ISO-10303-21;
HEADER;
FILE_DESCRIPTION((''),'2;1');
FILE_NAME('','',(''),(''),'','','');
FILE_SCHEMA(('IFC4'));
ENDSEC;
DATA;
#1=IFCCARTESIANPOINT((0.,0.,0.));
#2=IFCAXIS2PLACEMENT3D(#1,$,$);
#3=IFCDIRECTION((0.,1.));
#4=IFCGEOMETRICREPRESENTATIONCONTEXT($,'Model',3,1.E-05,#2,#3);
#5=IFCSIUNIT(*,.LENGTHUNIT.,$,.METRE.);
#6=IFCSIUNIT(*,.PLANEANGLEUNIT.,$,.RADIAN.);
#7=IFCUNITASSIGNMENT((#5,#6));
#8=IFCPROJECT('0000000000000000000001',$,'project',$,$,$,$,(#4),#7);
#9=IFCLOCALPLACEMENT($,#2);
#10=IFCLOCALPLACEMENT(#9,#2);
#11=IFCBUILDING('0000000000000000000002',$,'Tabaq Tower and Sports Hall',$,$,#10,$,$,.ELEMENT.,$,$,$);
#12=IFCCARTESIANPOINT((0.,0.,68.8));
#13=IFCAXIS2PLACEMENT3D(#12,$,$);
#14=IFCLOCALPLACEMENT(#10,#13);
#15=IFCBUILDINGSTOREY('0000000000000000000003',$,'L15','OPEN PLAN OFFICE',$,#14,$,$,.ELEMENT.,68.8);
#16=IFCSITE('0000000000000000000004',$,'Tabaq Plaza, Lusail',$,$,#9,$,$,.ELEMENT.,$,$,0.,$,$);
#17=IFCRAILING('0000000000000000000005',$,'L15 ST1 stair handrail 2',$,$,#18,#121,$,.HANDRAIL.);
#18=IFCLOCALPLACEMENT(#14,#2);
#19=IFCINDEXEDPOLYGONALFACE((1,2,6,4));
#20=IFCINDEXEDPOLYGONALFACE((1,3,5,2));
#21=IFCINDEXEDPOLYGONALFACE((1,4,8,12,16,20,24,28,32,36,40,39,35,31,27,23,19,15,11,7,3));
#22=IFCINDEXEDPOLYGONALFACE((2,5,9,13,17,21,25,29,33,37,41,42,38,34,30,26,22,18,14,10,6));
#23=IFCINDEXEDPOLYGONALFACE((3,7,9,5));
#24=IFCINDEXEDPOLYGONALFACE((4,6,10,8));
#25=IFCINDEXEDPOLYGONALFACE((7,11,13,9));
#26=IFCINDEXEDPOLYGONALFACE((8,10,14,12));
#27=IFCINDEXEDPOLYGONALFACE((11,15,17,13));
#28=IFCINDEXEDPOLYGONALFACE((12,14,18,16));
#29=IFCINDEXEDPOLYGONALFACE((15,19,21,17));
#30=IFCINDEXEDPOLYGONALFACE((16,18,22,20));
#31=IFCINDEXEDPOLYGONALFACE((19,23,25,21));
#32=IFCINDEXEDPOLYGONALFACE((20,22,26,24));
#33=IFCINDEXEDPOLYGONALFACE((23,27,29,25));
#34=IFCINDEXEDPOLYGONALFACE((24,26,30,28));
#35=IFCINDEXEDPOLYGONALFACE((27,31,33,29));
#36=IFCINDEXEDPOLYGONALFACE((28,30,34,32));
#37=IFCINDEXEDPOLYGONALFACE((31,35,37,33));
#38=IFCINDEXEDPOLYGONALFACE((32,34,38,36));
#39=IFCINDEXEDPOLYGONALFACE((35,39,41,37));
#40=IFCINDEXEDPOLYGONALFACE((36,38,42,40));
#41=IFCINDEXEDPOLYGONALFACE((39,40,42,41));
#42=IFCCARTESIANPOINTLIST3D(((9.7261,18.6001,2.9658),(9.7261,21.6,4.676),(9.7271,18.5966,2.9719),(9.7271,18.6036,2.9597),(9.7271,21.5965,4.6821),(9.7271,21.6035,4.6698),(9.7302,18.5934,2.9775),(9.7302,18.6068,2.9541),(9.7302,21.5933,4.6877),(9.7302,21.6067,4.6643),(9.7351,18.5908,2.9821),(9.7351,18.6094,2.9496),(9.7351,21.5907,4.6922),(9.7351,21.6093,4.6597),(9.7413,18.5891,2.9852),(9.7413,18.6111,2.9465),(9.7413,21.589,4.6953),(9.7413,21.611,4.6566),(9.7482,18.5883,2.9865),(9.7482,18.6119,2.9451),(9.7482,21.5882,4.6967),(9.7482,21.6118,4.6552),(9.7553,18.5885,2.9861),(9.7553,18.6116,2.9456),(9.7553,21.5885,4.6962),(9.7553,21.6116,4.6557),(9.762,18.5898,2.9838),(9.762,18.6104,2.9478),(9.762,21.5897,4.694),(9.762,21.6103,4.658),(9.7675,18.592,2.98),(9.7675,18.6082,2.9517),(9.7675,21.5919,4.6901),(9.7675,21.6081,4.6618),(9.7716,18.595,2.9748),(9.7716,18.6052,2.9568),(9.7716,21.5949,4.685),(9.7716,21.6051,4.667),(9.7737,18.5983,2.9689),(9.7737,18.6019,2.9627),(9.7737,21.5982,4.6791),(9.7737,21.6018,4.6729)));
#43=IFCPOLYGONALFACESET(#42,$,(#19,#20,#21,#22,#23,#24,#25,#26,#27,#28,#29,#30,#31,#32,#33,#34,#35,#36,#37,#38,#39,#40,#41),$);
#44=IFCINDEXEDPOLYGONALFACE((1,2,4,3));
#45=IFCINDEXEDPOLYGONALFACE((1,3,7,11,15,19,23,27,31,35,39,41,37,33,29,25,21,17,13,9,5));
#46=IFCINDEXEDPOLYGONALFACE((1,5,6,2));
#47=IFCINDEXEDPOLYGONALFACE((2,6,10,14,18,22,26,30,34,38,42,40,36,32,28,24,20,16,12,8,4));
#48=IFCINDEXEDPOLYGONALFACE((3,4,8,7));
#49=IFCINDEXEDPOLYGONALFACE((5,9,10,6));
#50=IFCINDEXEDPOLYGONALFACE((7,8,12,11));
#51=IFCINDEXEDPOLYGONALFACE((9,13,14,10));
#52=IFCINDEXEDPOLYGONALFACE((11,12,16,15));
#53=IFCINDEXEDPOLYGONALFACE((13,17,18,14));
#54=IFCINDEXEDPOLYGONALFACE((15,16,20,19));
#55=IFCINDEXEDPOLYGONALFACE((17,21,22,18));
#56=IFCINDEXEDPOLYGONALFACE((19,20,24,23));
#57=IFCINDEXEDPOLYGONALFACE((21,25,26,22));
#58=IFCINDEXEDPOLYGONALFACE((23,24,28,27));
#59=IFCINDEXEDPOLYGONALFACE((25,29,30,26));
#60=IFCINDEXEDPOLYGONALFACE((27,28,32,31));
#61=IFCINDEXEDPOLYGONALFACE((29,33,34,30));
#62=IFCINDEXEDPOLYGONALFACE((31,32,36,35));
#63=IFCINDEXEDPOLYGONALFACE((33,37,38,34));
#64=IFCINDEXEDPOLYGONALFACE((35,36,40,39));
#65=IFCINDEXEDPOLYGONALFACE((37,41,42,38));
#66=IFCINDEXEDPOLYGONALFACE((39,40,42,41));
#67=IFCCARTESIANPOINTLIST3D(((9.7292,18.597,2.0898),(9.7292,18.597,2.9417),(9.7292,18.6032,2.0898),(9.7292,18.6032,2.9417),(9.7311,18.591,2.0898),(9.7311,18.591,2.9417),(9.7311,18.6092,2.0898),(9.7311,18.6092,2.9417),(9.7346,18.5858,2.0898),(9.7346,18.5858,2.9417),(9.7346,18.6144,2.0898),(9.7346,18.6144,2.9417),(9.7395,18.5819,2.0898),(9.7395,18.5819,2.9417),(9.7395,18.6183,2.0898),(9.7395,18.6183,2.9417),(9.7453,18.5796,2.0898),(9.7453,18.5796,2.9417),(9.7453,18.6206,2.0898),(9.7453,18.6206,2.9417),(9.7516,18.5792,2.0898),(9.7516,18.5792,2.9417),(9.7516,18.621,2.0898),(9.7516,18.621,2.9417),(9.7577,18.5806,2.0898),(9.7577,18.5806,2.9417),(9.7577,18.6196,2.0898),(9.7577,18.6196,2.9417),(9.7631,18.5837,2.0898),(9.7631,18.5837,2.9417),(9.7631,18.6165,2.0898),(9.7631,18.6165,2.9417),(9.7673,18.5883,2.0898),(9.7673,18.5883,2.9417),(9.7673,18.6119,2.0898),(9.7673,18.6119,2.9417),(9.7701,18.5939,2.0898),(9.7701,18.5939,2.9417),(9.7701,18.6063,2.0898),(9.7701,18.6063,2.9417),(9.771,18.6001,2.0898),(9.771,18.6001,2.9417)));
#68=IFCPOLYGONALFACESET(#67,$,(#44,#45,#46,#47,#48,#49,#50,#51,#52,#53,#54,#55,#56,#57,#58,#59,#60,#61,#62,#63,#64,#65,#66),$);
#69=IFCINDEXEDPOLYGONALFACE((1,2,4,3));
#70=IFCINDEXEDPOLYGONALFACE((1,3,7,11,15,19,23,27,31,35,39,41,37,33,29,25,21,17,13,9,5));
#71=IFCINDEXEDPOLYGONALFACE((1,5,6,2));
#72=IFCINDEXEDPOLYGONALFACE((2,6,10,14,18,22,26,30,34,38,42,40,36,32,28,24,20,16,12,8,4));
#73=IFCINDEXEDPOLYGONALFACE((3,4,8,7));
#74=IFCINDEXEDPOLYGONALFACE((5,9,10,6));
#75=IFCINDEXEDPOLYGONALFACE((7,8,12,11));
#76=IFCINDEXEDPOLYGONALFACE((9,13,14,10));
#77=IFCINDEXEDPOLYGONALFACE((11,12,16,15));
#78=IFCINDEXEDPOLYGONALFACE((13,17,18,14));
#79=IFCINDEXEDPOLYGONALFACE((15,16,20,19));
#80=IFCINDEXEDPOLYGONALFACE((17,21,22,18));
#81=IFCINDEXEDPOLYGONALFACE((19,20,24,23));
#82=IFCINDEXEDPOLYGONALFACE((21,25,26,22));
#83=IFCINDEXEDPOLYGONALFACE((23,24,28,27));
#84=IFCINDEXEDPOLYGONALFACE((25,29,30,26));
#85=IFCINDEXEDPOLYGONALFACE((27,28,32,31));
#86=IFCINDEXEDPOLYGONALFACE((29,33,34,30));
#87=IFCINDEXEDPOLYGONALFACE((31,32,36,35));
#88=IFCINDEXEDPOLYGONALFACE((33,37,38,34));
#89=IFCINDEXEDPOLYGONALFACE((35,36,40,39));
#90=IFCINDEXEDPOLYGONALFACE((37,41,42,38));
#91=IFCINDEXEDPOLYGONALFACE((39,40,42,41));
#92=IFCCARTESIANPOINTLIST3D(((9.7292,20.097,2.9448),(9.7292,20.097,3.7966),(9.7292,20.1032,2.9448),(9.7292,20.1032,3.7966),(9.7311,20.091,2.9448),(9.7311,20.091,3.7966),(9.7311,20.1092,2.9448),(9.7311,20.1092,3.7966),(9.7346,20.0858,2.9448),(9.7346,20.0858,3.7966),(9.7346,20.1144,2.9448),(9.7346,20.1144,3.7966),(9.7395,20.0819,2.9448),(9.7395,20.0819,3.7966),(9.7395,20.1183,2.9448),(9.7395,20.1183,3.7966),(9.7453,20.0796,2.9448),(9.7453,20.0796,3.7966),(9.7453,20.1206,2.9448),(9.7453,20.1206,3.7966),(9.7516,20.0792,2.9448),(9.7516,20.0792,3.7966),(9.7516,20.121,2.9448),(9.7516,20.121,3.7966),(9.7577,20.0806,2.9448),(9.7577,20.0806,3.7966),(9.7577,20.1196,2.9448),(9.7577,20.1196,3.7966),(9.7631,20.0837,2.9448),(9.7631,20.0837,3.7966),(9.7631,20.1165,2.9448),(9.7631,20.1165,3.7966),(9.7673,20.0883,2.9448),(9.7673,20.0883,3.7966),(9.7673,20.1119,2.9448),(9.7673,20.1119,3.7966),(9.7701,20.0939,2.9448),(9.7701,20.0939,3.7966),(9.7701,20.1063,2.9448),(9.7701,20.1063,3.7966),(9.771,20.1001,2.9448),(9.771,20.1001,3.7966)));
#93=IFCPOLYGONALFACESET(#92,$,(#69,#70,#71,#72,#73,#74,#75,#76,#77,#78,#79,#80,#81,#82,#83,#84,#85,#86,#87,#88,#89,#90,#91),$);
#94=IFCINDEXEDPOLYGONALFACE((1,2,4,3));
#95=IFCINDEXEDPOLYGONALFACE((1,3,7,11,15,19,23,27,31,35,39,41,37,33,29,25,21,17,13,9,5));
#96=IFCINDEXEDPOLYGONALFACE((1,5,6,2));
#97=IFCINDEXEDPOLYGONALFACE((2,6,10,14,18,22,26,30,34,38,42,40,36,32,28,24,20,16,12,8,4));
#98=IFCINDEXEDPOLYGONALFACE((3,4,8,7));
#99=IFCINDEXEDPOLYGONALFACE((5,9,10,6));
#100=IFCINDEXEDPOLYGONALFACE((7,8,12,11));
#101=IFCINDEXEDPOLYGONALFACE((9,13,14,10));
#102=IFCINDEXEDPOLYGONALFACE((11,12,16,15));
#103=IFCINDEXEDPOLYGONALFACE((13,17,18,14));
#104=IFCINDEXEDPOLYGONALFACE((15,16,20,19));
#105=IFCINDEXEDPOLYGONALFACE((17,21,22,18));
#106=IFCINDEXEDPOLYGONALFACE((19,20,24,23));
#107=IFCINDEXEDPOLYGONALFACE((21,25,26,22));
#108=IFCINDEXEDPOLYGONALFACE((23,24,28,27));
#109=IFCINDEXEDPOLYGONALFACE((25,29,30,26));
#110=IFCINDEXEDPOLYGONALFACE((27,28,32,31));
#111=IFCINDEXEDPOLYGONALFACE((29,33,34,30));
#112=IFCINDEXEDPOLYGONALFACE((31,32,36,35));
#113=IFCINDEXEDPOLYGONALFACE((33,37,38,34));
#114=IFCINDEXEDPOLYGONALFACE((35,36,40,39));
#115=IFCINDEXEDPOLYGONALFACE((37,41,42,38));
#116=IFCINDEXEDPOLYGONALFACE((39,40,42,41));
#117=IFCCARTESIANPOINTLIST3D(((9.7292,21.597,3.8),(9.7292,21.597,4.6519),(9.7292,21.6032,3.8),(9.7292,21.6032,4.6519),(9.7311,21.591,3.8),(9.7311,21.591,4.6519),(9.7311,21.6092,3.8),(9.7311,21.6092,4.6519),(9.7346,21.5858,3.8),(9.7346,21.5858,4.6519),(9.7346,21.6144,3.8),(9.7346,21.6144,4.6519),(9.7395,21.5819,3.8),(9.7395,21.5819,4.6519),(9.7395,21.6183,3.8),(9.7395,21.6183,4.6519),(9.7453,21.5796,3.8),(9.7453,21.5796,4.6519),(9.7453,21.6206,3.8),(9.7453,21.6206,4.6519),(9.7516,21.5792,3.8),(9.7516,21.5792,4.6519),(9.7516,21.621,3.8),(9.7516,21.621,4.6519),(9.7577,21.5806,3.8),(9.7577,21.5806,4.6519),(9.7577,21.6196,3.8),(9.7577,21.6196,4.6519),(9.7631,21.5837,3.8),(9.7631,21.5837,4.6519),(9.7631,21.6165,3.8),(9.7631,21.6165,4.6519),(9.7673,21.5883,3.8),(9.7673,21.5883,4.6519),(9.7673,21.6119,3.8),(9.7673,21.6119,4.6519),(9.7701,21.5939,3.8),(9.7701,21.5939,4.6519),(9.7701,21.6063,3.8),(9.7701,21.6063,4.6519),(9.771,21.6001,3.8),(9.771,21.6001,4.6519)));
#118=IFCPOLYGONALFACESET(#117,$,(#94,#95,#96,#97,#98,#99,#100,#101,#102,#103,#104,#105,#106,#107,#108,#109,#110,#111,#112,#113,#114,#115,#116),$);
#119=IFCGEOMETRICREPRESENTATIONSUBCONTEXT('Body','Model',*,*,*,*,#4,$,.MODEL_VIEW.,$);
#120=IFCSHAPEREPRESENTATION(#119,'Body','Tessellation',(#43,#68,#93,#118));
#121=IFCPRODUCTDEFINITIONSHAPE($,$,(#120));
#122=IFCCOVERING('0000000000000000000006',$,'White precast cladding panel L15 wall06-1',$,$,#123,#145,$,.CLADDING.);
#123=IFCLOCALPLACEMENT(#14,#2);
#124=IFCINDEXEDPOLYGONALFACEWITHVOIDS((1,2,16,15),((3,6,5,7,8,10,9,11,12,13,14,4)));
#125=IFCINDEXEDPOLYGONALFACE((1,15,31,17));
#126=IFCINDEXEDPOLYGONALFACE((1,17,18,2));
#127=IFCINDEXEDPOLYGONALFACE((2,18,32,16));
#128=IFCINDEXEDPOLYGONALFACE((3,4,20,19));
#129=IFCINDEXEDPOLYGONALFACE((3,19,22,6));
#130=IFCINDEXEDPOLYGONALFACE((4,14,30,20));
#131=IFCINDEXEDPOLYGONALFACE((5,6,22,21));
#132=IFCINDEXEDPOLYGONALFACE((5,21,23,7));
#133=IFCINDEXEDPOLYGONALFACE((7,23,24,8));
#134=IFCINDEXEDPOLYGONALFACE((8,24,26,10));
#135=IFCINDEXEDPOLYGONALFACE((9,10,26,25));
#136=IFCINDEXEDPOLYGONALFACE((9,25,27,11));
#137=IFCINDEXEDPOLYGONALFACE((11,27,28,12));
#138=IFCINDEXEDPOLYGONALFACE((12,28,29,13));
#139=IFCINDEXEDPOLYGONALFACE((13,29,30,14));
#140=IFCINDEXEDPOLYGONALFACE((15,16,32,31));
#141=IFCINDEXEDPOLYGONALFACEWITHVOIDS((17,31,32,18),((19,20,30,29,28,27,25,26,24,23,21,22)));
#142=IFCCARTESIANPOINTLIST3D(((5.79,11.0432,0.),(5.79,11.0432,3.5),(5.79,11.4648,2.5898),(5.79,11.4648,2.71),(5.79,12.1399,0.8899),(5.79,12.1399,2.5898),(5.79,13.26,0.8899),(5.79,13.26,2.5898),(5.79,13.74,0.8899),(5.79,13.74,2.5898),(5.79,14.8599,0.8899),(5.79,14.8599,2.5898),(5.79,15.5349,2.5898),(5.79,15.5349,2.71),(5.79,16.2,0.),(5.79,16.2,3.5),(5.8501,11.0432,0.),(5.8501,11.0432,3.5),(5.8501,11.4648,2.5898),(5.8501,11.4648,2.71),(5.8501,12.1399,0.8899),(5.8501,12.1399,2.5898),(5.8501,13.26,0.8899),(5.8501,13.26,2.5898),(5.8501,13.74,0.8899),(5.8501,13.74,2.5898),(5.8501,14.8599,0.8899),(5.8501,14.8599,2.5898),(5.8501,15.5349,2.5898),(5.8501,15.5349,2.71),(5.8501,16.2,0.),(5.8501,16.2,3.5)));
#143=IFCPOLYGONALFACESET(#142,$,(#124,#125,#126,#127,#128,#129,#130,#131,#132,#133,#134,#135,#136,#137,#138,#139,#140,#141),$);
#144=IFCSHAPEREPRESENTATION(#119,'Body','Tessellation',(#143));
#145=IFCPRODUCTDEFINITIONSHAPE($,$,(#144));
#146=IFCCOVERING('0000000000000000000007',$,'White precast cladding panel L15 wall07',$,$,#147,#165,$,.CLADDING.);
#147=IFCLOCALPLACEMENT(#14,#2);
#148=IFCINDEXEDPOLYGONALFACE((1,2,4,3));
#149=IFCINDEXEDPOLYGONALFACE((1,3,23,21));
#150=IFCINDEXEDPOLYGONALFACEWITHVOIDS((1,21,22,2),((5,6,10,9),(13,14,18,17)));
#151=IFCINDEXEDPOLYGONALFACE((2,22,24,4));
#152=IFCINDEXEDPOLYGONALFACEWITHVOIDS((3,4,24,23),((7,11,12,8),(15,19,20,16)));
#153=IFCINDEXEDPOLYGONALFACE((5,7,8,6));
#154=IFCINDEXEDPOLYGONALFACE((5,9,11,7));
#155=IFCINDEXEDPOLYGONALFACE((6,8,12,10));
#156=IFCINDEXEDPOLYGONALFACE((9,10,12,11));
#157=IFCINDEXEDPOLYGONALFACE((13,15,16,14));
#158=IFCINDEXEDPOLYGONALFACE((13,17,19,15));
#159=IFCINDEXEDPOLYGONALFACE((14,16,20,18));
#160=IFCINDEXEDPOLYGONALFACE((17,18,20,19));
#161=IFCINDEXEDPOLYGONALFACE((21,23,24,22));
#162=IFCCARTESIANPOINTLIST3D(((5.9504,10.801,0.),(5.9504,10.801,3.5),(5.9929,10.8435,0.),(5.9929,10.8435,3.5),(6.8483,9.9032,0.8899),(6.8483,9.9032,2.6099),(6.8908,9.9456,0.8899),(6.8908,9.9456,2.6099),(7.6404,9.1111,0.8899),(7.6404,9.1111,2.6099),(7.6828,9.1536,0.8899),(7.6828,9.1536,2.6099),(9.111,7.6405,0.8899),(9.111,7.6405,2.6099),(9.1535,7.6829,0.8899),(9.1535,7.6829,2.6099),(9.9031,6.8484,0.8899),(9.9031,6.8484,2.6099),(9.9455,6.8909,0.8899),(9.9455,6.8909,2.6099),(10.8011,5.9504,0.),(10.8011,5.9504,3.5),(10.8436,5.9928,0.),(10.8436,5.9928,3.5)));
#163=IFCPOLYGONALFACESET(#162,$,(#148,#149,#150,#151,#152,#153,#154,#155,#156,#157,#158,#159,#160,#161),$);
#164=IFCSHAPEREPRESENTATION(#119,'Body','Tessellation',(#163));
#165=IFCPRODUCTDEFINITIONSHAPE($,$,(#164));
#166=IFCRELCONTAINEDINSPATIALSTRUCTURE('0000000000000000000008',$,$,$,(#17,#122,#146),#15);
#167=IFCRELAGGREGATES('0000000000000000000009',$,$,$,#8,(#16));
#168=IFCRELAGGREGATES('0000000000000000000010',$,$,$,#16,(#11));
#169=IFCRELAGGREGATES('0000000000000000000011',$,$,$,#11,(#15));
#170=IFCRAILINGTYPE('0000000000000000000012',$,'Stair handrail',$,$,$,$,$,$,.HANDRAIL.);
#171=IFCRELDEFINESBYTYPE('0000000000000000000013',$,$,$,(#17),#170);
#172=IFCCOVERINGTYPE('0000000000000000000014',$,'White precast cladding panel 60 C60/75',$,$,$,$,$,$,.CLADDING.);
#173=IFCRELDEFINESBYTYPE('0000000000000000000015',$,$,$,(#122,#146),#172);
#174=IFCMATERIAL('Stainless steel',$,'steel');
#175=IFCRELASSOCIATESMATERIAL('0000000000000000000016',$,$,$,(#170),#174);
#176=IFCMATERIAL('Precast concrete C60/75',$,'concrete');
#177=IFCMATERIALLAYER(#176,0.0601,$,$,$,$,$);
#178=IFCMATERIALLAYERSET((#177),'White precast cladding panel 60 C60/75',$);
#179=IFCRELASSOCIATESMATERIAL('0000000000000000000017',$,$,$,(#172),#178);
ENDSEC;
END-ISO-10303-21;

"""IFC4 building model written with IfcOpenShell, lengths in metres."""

from ifc_helpers import new_model, si_unit, direction, frame, origin, origin_2d, place, context, subcontext, project, spatial, polyline, circle, outline, extrude, material, layer, layer_set, type_object, element, save


model = new_model("IFC4")

# Units and contexts
model_context = context("Model", 3, precision=1e-05, world=origin(), true_north=direction((0.0, 1.0)))
body_context = subcontext(model_context, "Body", "Model", "MODEL_VIEW")
ifc_project = project(units=[si_unit("LENGTHUNIT", "METRE"), si_unit("PLANEANGLEUNIT", "RADIAN")], contexts=[model_context])

# Site, building, storey
site_placement = place(None, origin())
site = spatial("IfcSite", under=ifc_project, at=site_placement, Name="Tabaq Plaza, Lusail", CompositionType="ELEMENT", RefElevation=0.0)
building_placement = place(site_placement, origin())
building = spatial("IfcBuilding", under=site, at=building_placement, Name="Tabaq Tower and Sports Hall", CompositionType="ELEMENT")
storey_placement = place(building_placement, frame((0.0, 0.0, 68.8)))
storey = spatial("IfcBuildingStorey", under=building, at=storey_placement, Name="L15", Description="OPEN PLAN OFFICE", CompositionType="ELEMENT", Elevation=68.8)

# Railing
ifc_material_1 = material(Name="Stainless steel", Category="steel")
railing_type = type_object("IfcRailingType", Name="Stair handrail", PredefinedType="HANDRAIL", material=ifc_material_1)
railing_placement = place(storey_placement, frame((9.75, 18.6001, 2.0898)))
element("IfcRailing", 1, at=railing_placement, inside=storey, type_object=railing_type, Name="L15 ST1 stair handrail 2", PredefinedType="HANDRAIL", context=body_context, shape_type="SweptSolid", body=[
    extrude(circle(Radius=0.0239, at=origin_2d()), frame((0.0, 0.0, 0.876), z_axis=(0.0, 0.868752, 0.495248), x_axis=(-1.0, 0.0, 0.0)), (0.0, 0.0, 1.0), 3.4531),
    extrude(circle(Radius=0.021, at=origin_2d()), origin(), (0.0, 0.0, 1.0), 0.8518),
    extrude(circle(Radius=0.021, at=origin_2d()), frame((0.0, 1.5, 0.855)), (0.0, 0.0, 1.0), 0.8518),
    extrude(circle(Radius=0.021, at=origin_2d()), frame((0.0, 3.0, 1.7102)), (0.0, 0.0, 1.0), 0.8518),
])

# Coverings
ifc_material_2 = material(Name="Precast concrete C60/75", Category="concrete")
ifc_layer_1 = layer(ifc_material_2, 0.0601)
ifc_layer_set_1 = layer_set([ifc_layer_1], Name="White precast cladding panel 60 C60/75")
covering_type = type_object("IfcCoveringType", Name="White precast cladding panel 60 C60/75", PredefinedType="CLADDING", material=ifc_layer_set_1)
covering_1_placement = place(storey_placement, frame((5.8201, 16.2, 0.0), z_axis=(0.0, 0.0, 1.0), x_axis=(0.0, -1.0, 0.0)))
element("IfcCovering", 2, at=covering_1_placement, inside=storey, type_object=covering_type, Name="White precast cladding panel L15 wall06-1", PredefinedType="CLADDING", context=body_context, shape_type="SweptSolid", body=[
    extrude(outline(polyline([(0.0, 0.0), (5.1567, 0.0), (5.1567, 3.5), (0.0, 3.5), (0.0, 0.0)]), holes=[polyline([(1.3401, 2.5898), (0.665, 2.5898), (0.665, 2.71), (4.7351, 2.71), (4.7351, 2.5898), (4.0601, 2.5898), (4.0601, 0.8899), (2.9399, 0.8899), (2.9399, 2.5898), (2.46, 2.5898), (2.46, 0.8899), (1.3401, 0.8899), (1.3401, 2.5898)])]), frame((0.0, 0.03, 0.0), z_axis=(0.0, -1.0, 0.0), x_axis=(1.0, 0.0, 0.0)), (0.0, 0.0, 1.0), 0.0601),
])
covering_2_placement = place(storey_placement, frame((5.9717, 10.8223, 0.0), z_axis=(0.0, 0.0, 1.0), x_axis=(0.707107, -0.707107, 0.0)))
element("IfcCovering", 3, at=covering_2_placement, inside=storey, type_object=covering_type, Name="White precast cladding panel L15 wall07", PredefinedType="CLADDING", context=body_context, shape_type="SweptSolid", body=[
    extrude(outline(polyline([(0.0, 0.0), (6.8599, 0.0), (6.8599, 3.5), (0.0, 3.5), (0.0, 0.0)]), holes=[polyline([(1.2698, 2.6099), (2.3899, 2.6099), (2.3899, 0.8899), (1.2698, 0.8899), (1.2698, 2.6099)]), polyline([(4.4697, 2.6099), (5.5898, 2.6099), (5.5898, 0.8899), (4.4697, 0.8899), (4.4697, 2.6099)])]), frame((0.0, 0.03, 0.0), z_axis=(0.0, -1.0, 0.0), x_axis=(1.0, 0.0, 0.0)), (0.0, 0.0, 1.0), 0.0601),
])

save(model, "model.ifc")
